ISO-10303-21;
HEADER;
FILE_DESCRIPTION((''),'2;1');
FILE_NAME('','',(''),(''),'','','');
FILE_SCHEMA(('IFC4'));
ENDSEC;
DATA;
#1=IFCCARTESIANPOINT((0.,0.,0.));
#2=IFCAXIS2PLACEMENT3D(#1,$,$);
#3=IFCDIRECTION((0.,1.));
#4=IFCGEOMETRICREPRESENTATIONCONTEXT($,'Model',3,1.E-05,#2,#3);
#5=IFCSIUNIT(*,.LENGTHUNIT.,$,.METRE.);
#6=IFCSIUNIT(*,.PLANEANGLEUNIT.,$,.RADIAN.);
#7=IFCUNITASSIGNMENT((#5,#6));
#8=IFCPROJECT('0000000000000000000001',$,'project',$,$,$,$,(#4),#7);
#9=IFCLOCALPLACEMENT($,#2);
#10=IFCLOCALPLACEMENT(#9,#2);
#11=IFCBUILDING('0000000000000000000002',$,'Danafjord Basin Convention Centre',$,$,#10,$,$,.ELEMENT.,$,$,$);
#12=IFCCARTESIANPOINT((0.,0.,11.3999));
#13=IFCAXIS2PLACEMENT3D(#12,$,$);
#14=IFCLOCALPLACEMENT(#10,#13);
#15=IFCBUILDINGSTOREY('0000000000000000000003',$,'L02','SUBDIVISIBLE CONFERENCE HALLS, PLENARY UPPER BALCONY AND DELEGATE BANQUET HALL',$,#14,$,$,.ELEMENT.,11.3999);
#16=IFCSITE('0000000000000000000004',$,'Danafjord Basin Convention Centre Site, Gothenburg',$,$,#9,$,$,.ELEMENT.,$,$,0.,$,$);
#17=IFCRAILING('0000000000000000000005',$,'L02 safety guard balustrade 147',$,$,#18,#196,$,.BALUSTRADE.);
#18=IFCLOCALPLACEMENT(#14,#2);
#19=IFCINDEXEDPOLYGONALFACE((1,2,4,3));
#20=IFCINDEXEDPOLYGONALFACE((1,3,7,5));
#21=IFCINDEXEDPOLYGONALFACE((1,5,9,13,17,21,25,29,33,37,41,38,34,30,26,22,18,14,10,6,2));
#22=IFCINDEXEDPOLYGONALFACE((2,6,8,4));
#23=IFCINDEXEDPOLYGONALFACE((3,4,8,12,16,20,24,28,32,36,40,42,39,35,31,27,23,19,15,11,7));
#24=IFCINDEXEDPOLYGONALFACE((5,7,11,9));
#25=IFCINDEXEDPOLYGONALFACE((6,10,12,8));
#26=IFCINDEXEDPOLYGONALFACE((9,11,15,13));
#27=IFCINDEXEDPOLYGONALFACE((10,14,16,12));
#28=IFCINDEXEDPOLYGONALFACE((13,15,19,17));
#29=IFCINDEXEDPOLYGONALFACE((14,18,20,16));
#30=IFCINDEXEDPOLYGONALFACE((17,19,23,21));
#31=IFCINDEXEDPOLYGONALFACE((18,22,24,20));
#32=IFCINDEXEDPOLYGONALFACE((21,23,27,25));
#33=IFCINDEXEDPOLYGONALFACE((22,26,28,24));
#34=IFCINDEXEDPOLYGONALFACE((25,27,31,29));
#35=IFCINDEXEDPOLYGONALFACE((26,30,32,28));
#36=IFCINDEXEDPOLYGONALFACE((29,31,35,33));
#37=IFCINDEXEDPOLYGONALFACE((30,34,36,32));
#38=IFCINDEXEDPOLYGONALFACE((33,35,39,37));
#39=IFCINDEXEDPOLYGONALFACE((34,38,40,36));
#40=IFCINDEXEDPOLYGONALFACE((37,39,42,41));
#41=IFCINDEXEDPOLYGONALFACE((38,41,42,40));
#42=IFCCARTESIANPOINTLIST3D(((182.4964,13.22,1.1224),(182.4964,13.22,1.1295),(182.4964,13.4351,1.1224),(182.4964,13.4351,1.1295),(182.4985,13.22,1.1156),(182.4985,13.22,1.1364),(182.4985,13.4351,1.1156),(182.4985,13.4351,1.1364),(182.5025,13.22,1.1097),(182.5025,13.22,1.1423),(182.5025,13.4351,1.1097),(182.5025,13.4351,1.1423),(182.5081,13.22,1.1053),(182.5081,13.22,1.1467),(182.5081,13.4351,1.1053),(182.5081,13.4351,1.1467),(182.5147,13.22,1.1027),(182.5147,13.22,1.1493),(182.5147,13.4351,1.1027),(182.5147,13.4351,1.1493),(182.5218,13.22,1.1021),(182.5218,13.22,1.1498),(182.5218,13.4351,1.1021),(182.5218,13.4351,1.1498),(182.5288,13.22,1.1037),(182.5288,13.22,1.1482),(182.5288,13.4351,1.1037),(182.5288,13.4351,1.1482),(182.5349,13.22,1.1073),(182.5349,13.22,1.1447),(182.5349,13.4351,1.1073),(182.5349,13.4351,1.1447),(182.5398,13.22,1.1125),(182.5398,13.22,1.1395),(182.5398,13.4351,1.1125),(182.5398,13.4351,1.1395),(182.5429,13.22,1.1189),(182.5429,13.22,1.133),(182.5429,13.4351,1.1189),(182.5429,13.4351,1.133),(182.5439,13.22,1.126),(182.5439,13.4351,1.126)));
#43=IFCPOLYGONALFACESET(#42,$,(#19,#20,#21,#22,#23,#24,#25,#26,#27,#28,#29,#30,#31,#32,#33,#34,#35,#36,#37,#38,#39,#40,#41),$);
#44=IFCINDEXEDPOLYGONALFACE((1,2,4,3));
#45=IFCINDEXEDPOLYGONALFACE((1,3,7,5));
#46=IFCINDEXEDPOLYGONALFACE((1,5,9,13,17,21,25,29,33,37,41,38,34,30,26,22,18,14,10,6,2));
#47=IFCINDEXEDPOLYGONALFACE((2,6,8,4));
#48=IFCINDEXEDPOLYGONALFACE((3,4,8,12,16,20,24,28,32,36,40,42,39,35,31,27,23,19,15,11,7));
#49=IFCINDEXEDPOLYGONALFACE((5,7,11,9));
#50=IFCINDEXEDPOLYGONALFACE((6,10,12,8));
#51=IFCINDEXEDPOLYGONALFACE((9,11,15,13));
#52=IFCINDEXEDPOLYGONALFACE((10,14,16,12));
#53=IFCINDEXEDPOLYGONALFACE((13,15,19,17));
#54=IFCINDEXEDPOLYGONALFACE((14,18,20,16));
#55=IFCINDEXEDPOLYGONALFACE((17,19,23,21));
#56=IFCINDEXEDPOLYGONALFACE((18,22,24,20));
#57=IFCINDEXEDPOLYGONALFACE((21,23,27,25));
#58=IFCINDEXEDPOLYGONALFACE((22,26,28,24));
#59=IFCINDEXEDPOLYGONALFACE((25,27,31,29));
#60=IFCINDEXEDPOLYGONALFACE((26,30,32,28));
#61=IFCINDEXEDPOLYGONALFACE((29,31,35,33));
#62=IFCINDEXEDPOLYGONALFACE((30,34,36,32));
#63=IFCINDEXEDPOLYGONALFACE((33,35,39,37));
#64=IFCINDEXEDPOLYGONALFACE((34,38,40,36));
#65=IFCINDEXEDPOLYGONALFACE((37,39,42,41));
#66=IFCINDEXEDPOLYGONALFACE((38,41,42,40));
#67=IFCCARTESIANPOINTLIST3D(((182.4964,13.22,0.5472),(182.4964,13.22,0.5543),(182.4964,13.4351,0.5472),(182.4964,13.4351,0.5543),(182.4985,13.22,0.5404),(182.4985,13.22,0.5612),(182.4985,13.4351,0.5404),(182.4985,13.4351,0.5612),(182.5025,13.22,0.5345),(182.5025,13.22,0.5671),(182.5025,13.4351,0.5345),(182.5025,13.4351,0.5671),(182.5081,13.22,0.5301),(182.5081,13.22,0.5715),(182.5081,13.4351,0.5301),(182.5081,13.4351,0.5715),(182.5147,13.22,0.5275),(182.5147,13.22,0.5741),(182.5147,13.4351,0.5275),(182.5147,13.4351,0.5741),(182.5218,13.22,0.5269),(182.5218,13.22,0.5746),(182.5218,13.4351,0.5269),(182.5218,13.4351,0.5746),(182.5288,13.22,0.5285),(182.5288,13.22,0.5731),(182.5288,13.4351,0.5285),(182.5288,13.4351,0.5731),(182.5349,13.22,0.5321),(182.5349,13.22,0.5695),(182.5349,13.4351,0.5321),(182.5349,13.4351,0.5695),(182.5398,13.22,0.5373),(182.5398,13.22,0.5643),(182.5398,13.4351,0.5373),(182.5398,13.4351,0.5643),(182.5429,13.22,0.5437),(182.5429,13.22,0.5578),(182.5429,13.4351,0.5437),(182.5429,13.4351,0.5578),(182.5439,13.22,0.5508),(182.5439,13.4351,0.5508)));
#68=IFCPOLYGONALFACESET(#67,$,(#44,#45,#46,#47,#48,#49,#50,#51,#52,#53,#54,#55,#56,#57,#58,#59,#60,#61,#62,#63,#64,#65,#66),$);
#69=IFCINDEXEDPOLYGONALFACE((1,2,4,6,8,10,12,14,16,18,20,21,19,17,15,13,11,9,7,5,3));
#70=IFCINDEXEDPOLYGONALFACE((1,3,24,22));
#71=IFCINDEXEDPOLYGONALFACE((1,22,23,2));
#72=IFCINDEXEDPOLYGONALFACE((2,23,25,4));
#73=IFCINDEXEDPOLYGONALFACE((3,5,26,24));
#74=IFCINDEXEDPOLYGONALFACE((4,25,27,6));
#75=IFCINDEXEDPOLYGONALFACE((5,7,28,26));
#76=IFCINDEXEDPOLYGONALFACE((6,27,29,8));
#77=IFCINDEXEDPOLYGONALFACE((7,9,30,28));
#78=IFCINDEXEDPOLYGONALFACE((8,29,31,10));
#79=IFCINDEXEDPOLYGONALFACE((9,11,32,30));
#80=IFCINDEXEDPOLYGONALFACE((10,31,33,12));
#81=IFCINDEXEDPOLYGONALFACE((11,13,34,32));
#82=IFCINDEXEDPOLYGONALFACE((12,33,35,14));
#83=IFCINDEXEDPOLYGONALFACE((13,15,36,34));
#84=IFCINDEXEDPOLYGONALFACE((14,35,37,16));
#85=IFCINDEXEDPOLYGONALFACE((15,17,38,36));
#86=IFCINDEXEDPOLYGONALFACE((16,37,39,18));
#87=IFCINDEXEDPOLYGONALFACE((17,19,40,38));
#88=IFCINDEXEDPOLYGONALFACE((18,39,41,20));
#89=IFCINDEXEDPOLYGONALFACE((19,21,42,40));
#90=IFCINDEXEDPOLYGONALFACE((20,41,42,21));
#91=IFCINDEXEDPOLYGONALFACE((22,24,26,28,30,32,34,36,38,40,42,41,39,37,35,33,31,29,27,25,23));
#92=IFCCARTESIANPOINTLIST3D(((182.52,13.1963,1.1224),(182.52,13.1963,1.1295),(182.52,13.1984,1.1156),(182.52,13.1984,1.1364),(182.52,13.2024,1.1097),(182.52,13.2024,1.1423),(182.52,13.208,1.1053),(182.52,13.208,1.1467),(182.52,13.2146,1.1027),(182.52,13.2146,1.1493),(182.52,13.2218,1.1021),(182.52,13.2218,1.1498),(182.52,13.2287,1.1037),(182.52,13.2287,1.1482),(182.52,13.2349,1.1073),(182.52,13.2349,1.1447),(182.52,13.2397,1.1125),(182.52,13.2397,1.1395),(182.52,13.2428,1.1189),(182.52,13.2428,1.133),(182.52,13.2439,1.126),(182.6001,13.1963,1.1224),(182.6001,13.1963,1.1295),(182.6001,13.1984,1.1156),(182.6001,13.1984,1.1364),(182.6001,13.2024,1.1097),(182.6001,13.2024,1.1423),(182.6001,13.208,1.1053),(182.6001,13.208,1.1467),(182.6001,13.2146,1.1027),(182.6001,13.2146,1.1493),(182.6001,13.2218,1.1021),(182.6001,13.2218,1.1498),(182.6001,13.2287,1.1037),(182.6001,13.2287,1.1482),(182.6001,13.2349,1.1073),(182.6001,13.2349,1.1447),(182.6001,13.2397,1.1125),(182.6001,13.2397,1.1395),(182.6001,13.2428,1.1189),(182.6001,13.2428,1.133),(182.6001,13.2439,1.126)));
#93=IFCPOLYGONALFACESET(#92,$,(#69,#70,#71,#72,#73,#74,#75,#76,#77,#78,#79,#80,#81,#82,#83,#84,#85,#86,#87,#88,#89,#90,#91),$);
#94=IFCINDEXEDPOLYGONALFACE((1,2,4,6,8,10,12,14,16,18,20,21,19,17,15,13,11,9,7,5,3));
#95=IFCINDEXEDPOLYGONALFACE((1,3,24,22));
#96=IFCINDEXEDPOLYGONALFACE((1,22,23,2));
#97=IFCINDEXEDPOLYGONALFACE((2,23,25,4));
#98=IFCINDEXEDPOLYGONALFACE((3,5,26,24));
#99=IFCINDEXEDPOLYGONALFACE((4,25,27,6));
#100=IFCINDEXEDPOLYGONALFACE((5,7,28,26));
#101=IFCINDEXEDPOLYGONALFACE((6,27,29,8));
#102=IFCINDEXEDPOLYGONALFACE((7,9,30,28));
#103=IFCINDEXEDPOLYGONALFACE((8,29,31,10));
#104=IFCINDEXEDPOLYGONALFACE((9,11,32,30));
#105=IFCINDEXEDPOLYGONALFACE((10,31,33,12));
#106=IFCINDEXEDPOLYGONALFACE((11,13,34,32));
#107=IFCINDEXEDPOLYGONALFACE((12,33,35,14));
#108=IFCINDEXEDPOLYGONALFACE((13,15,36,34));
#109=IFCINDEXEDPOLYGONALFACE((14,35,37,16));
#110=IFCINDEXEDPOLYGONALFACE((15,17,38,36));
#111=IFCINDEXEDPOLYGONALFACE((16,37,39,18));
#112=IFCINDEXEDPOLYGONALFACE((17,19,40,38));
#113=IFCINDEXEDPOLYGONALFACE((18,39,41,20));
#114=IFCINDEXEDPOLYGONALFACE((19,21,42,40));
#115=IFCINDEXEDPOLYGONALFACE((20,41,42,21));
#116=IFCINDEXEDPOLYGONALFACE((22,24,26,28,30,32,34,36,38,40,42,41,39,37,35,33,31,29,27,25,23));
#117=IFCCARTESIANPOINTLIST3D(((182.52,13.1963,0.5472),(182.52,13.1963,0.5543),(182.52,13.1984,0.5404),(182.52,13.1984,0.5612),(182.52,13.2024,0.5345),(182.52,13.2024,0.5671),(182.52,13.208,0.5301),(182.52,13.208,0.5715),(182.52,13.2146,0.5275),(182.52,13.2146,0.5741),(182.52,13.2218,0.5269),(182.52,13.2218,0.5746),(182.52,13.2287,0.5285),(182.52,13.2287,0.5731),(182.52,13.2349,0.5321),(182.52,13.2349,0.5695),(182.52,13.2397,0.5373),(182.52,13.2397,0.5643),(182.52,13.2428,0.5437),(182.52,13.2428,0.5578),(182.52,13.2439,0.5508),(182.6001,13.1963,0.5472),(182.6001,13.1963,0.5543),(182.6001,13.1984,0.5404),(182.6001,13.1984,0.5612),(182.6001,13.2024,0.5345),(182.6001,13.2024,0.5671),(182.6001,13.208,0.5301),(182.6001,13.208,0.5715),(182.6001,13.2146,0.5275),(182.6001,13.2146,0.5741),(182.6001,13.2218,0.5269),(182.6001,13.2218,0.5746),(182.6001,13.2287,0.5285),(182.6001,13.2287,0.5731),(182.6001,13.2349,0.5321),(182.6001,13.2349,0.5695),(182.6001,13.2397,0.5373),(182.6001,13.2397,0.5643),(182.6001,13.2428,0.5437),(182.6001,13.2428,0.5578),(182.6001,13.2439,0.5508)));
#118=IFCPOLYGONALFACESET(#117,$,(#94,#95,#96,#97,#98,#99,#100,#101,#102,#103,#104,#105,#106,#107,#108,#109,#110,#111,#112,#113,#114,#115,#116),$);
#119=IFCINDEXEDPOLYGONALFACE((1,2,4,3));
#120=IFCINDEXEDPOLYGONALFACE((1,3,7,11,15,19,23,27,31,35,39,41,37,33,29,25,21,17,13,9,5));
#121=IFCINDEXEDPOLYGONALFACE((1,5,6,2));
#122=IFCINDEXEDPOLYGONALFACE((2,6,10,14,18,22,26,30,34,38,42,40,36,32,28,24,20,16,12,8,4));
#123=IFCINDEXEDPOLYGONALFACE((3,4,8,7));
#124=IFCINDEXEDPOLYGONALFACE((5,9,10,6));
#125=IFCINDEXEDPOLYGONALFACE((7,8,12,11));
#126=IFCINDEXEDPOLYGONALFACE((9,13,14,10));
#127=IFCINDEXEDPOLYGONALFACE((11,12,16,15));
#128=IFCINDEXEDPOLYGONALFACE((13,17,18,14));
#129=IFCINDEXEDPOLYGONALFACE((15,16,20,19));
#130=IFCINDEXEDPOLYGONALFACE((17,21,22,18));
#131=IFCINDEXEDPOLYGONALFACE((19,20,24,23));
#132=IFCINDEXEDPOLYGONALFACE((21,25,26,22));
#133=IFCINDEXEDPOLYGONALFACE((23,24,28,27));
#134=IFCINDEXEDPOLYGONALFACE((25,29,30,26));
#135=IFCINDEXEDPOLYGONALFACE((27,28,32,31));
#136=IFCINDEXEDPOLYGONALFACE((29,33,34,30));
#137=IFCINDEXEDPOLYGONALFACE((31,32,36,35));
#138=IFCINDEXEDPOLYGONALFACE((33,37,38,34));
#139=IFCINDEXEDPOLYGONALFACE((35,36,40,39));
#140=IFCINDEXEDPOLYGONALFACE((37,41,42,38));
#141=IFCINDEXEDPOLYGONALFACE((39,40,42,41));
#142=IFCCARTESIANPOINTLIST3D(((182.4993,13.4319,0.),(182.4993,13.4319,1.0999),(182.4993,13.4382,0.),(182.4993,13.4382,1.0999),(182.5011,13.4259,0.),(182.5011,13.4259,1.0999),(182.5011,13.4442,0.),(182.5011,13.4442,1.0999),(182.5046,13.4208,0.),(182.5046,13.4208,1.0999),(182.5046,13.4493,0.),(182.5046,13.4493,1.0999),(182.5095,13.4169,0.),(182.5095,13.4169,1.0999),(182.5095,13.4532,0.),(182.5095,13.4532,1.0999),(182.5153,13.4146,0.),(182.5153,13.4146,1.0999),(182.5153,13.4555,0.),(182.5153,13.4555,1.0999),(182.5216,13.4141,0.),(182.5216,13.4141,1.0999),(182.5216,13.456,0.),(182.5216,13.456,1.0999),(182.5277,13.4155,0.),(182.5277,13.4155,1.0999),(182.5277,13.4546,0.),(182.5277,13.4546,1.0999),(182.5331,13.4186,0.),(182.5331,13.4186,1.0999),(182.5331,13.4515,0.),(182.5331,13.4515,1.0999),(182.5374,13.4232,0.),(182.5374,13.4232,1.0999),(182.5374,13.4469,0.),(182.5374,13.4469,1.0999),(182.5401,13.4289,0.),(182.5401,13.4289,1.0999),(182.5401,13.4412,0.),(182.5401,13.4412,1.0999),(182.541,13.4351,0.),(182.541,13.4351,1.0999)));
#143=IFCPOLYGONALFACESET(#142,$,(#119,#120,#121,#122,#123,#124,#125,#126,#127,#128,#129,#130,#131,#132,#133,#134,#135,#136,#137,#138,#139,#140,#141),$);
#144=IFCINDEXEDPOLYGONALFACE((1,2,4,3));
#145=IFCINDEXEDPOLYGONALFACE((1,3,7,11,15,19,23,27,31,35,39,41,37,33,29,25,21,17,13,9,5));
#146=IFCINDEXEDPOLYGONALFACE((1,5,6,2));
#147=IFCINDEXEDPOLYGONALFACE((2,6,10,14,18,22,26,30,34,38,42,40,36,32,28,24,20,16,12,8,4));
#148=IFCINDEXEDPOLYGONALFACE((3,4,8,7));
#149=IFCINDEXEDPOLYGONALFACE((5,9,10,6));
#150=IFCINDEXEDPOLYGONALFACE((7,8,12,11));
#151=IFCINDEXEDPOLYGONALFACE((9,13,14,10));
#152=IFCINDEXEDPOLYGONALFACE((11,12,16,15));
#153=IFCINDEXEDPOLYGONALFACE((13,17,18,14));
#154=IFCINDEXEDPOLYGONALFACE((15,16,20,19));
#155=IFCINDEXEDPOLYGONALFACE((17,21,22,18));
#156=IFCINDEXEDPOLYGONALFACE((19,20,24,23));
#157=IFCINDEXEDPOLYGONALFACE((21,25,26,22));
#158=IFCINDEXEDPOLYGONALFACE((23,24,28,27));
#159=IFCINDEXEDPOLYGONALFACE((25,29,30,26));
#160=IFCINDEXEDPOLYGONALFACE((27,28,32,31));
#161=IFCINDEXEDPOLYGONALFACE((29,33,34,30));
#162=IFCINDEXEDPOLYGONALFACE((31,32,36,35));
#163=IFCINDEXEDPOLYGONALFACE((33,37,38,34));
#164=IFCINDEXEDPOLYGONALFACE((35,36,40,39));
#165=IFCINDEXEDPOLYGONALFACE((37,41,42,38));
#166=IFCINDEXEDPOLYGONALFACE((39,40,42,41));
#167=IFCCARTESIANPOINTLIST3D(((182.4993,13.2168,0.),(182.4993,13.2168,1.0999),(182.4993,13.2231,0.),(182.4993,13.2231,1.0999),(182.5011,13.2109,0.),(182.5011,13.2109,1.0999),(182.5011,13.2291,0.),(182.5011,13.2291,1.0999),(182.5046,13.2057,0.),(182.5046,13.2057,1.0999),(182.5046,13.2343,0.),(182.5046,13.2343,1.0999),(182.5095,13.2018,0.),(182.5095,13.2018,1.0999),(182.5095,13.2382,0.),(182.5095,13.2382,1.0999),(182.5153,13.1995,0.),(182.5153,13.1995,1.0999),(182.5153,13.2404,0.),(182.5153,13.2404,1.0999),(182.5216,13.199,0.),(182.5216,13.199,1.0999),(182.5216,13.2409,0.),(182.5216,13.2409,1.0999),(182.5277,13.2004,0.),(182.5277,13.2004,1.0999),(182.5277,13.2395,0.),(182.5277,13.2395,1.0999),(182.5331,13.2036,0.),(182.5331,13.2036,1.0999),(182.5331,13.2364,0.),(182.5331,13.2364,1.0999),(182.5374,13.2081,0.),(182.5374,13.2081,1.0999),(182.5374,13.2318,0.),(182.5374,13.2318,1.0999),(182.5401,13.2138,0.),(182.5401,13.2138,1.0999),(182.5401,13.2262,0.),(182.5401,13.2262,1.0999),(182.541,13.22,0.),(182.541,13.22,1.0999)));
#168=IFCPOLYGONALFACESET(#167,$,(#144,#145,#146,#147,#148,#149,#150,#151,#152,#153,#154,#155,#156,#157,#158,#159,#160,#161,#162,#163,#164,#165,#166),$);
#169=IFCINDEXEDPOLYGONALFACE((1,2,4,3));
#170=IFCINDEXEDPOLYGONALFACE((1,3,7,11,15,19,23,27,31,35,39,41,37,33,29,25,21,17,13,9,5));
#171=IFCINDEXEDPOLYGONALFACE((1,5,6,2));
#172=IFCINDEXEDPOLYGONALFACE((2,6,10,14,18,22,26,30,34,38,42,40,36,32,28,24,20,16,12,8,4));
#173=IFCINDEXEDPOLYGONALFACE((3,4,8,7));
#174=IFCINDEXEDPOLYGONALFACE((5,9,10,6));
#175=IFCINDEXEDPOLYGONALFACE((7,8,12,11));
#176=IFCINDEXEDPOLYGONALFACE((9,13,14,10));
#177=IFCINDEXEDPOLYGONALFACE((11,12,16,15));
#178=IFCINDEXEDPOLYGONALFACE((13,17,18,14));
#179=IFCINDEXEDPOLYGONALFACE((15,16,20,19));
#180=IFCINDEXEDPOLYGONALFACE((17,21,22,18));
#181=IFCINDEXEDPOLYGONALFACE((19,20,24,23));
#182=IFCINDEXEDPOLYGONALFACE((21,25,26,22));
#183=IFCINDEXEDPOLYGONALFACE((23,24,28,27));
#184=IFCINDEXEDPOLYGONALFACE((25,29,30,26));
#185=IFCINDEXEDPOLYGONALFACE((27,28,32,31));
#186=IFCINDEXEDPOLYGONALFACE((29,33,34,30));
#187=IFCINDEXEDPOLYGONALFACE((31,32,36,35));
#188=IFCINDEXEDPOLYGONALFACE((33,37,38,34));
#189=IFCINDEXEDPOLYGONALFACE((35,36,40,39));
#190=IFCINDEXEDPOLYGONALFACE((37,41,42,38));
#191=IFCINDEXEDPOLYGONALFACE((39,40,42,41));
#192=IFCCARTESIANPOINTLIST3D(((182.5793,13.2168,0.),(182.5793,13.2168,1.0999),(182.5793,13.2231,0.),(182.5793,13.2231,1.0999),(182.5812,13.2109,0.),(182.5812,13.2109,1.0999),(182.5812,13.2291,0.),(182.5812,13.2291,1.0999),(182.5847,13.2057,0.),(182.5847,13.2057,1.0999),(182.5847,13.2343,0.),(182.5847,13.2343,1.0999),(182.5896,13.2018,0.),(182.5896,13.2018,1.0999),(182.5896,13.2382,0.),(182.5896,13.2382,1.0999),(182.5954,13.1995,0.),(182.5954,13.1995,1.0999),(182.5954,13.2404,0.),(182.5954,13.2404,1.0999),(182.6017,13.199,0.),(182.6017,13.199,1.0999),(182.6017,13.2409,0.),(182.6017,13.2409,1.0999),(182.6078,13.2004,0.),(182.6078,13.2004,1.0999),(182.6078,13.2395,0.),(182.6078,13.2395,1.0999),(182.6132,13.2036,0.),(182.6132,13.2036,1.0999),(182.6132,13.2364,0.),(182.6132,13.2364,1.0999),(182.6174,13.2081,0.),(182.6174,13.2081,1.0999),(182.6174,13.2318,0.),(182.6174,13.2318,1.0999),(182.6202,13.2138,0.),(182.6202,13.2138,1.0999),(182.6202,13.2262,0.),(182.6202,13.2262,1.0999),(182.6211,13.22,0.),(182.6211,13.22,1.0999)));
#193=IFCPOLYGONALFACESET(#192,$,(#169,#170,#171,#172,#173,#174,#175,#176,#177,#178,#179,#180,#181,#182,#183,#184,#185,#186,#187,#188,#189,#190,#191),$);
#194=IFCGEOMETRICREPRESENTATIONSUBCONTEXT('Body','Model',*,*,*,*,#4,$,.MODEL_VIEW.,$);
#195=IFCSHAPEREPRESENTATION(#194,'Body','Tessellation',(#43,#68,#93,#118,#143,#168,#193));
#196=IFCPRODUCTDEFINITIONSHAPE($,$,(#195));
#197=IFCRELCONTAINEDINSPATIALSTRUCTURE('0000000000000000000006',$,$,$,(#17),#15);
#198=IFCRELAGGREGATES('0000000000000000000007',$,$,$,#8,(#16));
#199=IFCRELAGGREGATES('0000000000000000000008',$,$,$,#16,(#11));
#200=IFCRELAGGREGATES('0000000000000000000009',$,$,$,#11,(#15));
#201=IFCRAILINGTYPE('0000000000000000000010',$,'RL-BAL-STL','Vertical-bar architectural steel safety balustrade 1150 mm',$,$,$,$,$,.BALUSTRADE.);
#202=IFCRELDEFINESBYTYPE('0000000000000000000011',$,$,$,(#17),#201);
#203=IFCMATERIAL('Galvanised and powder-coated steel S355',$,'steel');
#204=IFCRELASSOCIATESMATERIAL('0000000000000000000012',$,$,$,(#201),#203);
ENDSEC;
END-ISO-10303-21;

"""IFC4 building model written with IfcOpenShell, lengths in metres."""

from ifc_helpers import new_model, si_unit, direction, frame, origin, origin_2d, place, context, subcontext, project, spatial, circle, extrude, material, type_object, element, save


model = new_model("IFC4")

# Units and contexts
model_context = context("Model", 3, precision=1e-05, world=origin(), true_north=direction((0.0, 1.0)))
body_context = subcontext(model_context, "Body", "Model", "MODEL_VIEW")
ifc_project = project(units=[si_unit("LENGTHUNIT", "METRE"), si_unit("PLANEANGLEUNIT", "RADIAN")], contexts=[model_context])

# Site, building, storey
site_placement = place(None, origin())
site = spatial("IfcSite", under=ifc_project, at=site_placement, Name="Danafjord Basin Convention Centre Site, Gothenburg", CompositionType="ELEMENT", RefElevation=0.0)
building_placement = place(site_placement, origin())
building = spatial("IfcBuilding", under=site, at=building_placement, Name="Danafjord Basin Convention Centre", CompositionType="ELEMENT")
storey_placement = place(building_placement, frame((0.0, 0.0, 11.3999)))
storey = spatial("IfcBuildingStorey", under=building, at=storey_placement, Name="L02", Description="SUBDIVISIBLE CONFERENCE HALLS, PLENARY UPPER BALCONY AND DELEGATE BANQUET HALL", CompositionType="ELEMENT", Elevation=11.3999)

# Railing
ifc_material_1 = material(Name="Galvanised and powder-coated steel S355", Category="steel")
railing_type_1 = type_object("IfcRailingType", Name="RL-BAL-STL", Description="Vertical-bar architectural steel safety balustrade 1150 mm", PredefinedType="BALUSTRADE", material=ifc_material_1)
railing_1_placement = place(storey_placement, frame((182.52, 13.4351, 0.0)))
element("IfcRailing", 1, at=railing_1_placement, inside=storey, type_object=railing_type_1, Name="L02 safety guard balustrade 147", PredefinedType="BALUSTRADE", context=body_context, shape_type="SweptSolid", body=[
    extrude(circle(Radius=0.0239, at=origin_2d()), frame((0.0, 0.0, 1.126), z_axis=(0.0, -1.0, 0.0), x_axis=(1.0, 0.0, 0.0)), (0.0, 0.0, 1.0), 0.2151),
    extrude(circle(Radius=0.0239, at=origin_2d()), frame((0.0, 0.0, 0.5508), z_axis=(0.0, -1.0, 0.0), x_axis=(1.0, 0.0, 0.0)), (0.0, 0.0, 1.0), 0.2151),
    extrude(circle(Radius=0.0239, at=origin_2d()), frame((0.0, -0.2151, 1.126), z_axis=(1.0, 0.0, 0.0), x_axis=(0.0, 1.0, 0.0)), (0.0, 0.0, 1.0), 0.0801),
    extrude(circle(Radius=0.0239, at=origin_2d()), frame((0.0, -0.2151, 0.5508), z_axis=(1.0, 0.0, 0.0), x_axis=(0.0, 1.0, 0.0)), (0.0, 0.0, 1.0), 0.0801),
    extrude(circle(Radius=0.021, at=origin_2d()), origin(), (0.0, 0.0, 1.0), 1.0999),
    extrude(circle(Radius=0.021, at=origin_2d()), frame((0.0, -0.2151, 0.0)), (0.0, 0.0, 1.0), 1.0999),
    extrude(circle(Radius=0.021, at=origin_2d()), frame((0.0801, -0.2151, 0.0)), (0.0, 0.0, 1.0), 1.0999),
])

save(model, "model.ifc")
